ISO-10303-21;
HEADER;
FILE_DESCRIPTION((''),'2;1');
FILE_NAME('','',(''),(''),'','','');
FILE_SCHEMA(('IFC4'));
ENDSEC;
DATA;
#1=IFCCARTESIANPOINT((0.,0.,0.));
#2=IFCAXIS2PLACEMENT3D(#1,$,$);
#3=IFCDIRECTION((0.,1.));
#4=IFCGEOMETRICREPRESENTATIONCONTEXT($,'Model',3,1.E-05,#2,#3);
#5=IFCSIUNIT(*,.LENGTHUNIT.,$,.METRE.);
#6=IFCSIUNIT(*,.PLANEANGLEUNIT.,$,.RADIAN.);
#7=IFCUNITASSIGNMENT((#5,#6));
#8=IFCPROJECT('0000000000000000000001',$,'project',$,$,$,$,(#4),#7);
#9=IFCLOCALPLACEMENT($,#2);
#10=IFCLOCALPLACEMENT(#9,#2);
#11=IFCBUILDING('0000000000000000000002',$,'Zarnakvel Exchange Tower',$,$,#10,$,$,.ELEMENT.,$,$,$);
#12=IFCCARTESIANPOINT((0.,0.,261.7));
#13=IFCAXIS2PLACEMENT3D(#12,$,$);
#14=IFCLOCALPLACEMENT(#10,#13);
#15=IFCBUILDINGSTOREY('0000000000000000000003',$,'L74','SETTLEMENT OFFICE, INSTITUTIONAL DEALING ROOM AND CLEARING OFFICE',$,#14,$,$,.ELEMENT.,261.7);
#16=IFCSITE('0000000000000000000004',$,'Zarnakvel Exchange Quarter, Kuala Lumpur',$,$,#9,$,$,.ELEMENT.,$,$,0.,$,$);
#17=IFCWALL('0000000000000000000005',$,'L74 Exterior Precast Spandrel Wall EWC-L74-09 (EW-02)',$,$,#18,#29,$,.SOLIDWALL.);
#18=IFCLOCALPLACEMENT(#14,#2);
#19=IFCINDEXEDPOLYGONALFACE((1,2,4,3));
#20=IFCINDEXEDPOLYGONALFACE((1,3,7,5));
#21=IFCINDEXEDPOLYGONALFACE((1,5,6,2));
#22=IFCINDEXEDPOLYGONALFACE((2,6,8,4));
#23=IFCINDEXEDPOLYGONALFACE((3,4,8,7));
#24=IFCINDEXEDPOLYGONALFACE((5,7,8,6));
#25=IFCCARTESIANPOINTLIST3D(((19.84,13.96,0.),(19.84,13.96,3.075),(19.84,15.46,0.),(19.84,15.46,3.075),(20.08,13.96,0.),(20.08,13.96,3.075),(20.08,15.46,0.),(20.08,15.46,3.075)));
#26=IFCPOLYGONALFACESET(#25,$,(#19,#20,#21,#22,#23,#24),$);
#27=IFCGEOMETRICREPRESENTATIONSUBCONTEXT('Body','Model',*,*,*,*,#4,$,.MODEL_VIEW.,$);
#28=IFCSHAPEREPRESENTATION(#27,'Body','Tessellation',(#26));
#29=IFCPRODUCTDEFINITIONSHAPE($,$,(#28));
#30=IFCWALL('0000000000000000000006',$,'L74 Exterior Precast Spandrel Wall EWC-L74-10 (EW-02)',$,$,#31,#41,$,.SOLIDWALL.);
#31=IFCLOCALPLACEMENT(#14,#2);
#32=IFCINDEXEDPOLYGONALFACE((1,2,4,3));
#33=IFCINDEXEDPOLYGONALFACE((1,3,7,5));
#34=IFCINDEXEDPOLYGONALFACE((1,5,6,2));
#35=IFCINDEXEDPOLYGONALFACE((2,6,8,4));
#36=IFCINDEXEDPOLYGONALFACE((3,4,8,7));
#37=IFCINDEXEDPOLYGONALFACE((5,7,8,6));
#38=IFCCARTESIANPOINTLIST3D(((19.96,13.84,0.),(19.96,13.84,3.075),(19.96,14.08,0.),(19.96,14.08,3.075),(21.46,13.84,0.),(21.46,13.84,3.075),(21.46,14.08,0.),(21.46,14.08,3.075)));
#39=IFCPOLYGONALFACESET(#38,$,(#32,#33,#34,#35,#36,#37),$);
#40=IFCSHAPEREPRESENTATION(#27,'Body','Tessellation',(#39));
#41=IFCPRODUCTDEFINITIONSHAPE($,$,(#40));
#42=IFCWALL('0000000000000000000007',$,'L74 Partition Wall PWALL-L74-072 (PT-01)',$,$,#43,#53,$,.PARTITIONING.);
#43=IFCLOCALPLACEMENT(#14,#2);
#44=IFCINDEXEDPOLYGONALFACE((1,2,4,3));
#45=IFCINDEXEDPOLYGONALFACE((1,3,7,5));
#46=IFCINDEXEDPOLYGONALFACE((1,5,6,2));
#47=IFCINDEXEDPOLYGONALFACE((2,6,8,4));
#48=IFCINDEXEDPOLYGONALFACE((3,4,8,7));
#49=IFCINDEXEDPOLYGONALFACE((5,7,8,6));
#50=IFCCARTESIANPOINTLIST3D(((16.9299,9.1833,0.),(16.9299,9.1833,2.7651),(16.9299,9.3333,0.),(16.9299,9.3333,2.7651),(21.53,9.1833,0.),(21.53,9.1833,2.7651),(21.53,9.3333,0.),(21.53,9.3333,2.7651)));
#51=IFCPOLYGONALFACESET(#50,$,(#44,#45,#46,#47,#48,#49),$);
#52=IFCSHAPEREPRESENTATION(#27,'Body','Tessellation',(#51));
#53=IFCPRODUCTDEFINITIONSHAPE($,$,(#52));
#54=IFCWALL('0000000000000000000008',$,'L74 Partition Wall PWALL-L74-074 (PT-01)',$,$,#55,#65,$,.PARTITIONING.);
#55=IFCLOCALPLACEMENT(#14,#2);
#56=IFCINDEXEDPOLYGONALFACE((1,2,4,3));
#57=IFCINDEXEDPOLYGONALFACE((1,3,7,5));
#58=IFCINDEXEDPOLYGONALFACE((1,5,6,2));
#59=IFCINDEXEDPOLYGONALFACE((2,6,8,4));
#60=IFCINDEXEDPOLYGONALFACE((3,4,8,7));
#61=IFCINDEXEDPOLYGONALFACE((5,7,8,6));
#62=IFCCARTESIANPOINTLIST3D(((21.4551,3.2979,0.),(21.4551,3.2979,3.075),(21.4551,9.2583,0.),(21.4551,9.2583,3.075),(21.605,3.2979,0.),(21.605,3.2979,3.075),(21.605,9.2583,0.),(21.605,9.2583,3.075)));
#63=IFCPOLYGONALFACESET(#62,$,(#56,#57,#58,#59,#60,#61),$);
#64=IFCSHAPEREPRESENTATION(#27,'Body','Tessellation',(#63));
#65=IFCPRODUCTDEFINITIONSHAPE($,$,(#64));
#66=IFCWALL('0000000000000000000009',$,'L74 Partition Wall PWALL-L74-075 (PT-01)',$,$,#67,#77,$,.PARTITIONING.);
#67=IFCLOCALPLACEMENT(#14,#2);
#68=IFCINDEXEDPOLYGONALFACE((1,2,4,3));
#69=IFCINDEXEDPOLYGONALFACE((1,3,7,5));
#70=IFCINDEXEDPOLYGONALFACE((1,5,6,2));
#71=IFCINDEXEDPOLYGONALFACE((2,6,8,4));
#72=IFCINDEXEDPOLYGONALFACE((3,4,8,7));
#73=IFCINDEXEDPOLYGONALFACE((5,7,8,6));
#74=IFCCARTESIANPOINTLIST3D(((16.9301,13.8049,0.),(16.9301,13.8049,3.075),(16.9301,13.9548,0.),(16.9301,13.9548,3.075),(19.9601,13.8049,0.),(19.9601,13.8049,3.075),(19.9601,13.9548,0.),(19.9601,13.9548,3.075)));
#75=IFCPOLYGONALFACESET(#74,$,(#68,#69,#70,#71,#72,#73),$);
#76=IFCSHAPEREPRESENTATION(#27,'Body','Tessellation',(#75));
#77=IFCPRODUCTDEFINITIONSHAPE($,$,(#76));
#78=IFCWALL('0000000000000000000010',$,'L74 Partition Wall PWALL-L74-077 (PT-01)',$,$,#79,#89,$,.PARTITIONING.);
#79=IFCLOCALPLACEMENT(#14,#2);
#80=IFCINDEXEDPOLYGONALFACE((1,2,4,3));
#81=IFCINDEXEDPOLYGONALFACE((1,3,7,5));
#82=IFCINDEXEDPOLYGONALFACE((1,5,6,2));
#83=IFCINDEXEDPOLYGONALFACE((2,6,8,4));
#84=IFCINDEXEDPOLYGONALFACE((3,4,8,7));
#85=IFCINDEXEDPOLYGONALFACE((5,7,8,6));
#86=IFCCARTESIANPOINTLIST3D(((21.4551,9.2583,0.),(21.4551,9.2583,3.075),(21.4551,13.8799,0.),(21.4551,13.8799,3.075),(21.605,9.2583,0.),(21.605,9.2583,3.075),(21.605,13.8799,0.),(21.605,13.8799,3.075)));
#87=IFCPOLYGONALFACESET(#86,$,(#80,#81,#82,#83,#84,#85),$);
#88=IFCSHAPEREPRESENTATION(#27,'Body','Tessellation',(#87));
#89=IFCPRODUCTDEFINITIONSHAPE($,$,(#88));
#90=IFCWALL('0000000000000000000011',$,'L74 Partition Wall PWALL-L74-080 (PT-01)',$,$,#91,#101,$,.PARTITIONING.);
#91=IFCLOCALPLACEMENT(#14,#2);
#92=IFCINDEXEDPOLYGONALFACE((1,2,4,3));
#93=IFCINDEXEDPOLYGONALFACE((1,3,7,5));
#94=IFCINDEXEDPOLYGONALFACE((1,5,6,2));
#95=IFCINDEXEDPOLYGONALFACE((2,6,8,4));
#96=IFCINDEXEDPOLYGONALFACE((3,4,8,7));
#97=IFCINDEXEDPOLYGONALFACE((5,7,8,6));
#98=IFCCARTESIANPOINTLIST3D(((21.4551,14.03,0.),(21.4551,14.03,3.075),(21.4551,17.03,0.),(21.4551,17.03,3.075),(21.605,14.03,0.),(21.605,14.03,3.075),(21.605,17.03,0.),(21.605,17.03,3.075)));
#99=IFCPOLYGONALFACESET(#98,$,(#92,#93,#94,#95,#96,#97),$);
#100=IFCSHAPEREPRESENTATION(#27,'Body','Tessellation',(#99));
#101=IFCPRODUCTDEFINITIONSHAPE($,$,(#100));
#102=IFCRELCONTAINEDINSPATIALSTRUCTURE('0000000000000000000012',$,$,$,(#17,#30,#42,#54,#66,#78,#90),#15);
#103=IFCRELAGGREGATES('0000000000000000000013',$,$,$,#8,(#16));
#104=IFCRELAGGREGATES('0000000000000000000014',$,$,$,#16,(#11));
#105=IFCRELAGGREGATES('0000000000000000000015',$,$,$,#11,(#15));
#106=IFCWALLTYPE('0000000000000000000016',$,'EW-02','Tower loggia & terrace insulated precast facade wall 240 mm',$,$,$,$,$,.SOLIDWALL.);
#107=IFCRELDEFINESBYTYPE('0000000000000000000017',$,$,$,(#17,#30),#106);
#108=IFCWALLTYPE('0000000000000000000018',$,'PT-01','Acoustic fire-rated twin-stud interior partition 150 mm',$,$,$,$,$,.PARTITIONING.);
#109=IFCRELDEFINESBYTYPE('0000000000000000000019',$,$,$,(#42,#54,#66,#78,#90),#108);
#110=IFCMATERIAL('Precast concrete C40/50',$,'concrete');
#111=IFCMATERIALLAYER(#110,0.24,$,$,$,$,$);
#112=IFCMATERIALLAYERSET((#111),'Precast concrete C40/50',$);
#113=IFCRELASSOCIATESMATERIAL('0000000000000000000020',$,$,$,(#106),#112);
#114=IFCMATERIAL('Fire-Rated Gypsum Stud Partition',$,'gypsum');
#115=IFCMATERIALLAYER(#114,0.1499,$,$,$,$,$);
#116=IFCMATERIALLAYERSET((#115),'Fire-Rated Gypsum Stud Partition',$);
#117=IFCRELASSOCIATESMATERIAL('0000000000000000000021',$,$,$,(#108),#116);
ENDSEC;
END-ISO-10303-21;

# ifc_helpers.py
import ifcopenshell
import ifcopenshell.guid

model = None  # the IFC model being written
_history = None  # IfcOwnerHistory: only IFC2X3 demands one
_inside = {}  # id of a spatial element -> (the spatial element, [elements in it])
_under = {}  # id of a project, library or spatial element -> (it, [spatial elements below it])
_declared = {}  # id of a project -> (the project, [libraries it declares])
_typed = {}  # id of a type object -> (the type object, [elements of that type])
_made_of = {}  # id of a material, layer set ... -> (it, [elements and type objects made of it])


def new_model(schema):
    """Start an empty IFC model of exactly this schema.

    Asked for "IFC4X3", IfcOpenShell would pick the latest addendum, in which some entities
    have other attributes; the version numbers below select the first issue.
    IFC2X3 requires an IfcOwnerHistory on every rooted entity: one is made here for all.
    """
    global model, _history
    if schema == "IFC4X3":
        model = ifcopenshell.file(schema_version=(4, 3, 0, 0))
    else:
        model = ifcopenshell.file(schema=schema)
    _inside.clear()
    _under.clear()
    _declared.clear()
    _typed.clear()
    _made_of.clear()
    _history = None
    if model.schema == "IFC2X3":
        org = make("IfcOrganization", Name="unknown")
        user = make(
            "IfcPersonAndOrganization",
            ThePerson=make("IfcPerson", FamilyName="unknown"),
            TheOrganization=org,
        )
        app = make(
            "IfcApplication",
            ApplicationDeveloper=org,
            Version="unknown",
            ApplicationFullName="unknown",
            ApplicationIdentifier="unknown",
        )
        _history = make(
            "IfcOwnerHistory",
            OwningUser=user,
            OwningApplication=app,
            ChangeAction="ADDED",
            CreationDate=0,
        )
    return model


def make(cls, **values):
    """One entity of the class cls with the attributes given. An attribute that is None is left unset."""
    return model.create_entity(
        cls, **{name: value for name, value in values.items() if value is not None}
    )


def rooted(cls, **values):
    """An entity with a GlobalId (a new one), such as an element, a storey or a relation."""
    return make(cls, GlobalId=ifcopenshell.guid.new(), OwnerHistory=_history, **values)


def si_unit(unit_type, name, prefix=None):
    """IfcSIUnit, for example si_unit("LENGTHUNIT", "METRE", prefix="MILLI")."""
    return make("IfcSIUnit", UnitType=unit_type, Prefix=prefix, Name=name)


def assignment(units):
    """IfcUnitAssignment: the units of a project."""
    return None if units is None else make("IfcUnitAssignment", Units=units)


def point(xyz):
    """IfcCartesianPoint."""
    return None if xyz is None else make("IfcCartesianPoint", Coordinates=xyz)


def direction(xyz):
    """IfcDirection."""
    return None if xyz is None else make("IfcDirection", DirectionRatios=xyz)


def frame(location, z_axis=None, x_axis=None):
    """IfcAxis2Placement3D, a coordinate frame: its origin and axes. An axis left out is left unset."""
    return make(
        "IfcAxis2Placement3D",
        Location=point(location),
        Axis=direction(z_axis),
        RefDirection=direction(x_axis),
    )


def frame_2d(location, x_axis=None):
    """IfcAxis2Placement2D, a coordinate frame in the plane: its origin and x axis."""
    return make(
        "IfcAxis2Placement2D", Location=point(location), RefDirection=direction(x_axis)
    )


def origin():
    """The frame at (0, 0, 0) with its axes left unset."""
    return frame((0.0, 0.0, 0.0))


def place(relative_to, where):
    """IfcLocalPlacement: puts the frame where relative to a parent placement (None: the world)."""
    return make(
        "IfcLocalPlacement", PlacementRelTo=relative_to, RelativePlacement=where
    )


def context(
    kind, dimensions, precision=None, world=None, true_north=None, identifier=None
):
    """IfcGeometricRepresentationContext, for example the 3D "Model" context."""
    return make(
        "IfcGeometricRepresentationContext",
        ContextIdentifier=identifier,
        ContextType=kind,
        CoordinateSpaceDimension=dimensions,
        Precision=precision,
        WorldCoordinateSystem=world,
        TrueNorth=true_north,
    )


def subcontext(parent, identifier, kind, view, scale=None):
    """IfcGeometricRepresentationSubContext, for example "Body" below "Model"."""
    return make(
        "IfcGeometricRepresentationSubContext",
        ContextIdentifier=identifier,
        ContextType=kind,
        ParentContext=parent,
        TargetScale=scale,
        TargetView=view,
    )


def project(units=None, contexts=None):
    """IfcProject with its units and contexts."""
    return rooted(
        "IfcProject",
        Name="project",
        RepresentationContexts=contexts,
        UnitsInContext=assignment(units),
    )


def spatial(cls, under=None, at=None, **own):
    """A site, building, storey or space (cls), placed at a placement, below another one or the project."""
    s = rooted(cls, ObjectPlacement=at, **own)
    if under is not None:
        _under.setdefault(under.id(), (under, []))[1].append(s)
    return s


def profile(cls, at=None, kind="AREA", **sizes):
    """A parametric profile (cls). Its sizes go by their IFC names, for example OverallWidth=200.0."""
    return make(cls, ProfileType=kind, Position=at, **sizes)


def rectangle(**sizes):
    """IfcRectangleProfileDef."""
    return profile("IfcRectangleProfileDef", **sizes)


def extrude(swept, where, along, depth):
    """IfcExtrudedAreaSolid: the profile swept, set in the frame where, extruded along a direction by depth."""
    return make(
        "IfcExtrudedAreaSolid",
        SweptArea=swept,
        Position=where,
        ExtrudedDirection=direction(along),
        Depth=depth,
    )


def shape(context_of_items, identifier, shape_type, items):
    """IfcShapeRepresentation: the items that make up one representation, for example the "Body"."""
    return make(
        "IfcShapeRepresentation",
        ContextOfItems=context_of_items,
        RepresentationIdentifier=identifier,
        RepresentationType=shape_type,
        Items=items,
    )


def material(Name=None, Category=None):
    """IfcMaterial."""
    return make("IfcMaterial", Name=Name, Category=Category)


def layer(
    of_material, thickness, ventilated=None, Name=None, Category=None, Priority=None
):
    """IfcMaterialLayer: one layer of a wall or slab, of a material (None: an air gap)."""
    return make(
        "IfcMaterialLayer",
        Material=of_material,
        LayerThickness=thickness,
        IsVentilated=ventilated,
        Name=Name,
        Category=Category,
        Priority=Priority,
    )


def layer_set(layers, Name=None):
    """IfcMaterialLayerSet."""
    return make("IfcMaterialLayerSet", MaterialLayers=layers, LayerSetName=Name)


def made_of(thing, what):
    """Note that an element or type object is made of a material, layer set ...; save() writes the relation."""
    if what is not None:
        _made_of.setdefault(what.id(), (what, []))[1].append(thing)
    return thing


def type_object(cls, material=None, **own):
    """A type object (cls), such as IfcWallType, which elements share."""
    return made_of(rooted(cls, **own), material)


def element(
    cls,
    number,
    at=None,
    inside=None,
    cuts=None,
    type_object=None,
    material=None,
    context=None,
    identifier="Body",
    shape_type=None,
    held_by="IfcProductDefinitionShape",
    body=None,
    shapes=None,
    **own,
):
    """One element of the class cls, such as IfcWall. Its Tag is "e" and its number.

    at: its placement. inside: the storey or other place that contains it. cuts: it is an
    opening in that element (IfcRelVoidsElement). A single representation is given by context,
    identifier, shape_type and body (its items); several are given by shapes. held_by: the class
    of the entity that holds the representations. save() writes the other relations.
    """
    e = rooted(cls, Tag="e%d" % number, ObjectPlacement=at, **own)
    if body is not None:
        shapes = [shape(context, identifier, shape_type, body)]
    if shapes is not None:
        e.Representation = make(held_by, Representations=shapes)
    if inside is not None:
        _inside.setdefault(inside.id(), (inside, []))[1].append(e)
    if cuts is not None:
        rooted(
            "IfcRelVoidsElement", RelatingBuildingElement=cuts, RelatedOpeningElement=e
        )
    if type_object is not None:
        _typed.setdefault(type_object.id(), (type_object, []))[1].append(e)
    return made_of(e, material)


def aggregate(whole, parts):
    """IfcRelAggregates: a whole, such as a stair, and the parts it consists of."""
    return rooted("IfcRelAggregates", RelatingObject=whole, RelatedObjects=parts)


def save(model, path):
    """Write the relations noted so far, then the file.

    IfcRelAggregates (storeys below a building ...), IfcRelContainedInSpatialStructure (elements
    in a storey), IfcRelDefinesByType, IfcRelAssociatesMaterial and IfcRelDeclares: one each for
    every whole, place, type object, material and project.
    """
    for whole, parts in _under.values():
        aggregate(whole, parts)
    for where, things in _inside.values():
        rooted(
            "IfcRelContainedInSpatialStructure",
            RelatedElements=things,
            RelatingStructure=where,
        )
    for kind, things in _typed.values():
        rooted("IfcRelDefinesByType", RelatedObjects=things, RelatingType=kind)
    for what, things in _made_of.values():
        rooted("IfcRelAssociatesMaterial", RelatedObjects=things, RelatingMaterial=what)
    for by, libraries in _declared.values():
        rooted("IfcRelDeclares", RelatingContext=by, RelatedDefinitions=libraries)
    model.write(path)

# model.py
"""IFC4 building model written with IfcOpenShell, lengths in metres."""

from ifc_helpers import new_model, si_unit, direction, frame, frame_2d, origin, place, context, subcontext, project, spatial, rectangle, extrude, material, layer, layer_set, type_object, element, save


model = new_model("IFC4")

# Units and contexts
model_context = context("Model", 3, precision=1e-05, world=origin(), true_north=direction((0.0, 1.0)))
body_context = subcontext(model_context, "Body", "Model", "MODEL_VIEW")
ifc_project = project(units=[si_unit("LENGTHUNIT", "METRE"), si_unit("PLANEANGLEUNIT", "RADIAN")], contexts=[model_context])

# Site, building, storey
site_placement = place(None, origin())
site = spatial("IfcSite", under=ifc_project, at=site_placement, Name="Zarnakvel Exchange Quarter, Kuala Lumpur", CompositionType="ELEMENT", RefElevation=0.0)
building_placement = place(site_placement, origin())
building = spatial("IfcBuilding", under=site, at=building_placement, Name="Zarnakvel Exchange Tower", CompositionType="ELEMENT")
storey_placement = place(building_placement, frame((0.0, 0.0, 261.7)))
storey = spatial("IfcBuildingStorey", under=building, at=storey_placement, Name="L74", Description="SETTLEMENT OFFICE, INSTITUTIONAL DEALING ROOM AND CLEARING OFFICE", CompositionType="ELEMENT", Elevation=261.7)

# Walls
ifc_material_1 = material(Name="Precast concrete C40/50", Category="concrete")
ifc_layer_1 = layer(ifc_material_1, 0.24)
ifc_layer_set_1 = layer_set([ifc_layer_1], Name="Precast concrete C40/50")
wall_type_1 = type_object("IfcWallType", Name="EW-02", Description="Tower loggia & terrace insulated precast facade wall 240 mm", PredefinedType="SOLIDWALL", material=ifc_layer_set_1)
for number, where, z_axis, x_axis, name in (
    (1, (19.96, 13.96, 0.0), (0.0, 0.0, 1.0), (0.0, 1.0, 0.0), "L74 Exterior Precast Spandrel Wall EWC-L74-09 (EW-02)"),
    (2, (21.46, 13.96, 0.0), (0.0, 0.0, 1.0), (-1.0, 0.0, 0.0), "L74 Exterior Precast Spandrel Wall EWC-L74-10 (EW-02)"),
):
    element("IfcWall", number, at=place(storey_placement, frame(where, z_axis=z_axis, x_axis=x_axis)), inside=storey, type_object=wall_type_1, Name=name, PredefinedType="SOLIDWALL", context=body_context, shape_type="SweptSolid", body=[
        extrude(rectangle(XDim=1.5, YDim=0.24, at=frame_2d((0.75, 0.0))), origin(), (0.0, 0.0, 1.0), 3.075),
    ])
ifc_material_2 = material(Name="Fire-Rated Gypsum Stud Partition", Category="gypsum")
ifc_layer_2 = layer(ifc_material_2, 0.1499)
ifc_layer_set_2 = layer_set([ifc_layer_2], Name="Fire-Rated Gypsum Stud Partition")
wall_type_2 = type_object("IfcWallType", Name="PT-01", Description="Acoustic fire-rated twin-stud interior partition 150 mm", PredefinedType="PARTITIONING", material=ifc_layer_set_2)
wall_1_placement = place(storey_placement, frame((16.9299, 9.2583, 0.0), z_axis=(0.0, 0.0, 1.0), x_axis=(1.0, 0.0, 0.0)))
element("IfcWall", 3, at=wall_1_placement, inside=storey, type_object=wall_type_2, Name="L74 Partition Wall PWALL-L74-072 (PT-01)", PredefinedType="PARTITIONING", context=body_context, shape_type="SweptSolid", body=[
    extrude(rectangle(XDim=4.6001, YDim=0.1499, at=frame_2d((2.3, 0.0))), origin(), (0.0, 0.0, 1.0), 2.7651),
])
wall_2_placement = place(storey_placement, frame((21.53, 9.2583, 0.0), z_axis=(0.0, 0.0, 1.0), x_axis=(0.0, -1.0, 0.0)))
element("IfcWall", 4, at=wall_2_placement, inside=storey, type_object=wall_type_2, Name="L74 Partition Wall PWALL-L74-074 (PT-01)", PredefinedType="PARTITIONING", context=body_context, shape_type="SweptSolid", body=[
    extrude(rectangle(XDim=5.9604, YDim=0.1499, at=frame_2d((2.9802, 0.0))), origin(), (0.0, 0.0, 1.0), 3.075),
])
wall_3_placement = place(storey_placement, frame((16.9299, 13.8799, 0.0), z_axis=(0.0, 0.0, 1.0), x_axis=(1.0, 0.0, 0.0)))
element("IfcWall", 5, at=wall_3_placement, inside=storey, type_object=wall_type_2, Name="L74 Partition Wall PWALL-L74-075 (PT-01)", PredefinedType="PARTITIONING", context=body_context, shape_type="SweptSolid", body=[
    extrude(rectangle(XDim=3.03, YDim=0.1499, at=frame_2d((1.5151, 0.0))), origin(), (0.0, 0.0, 1.0), 3.075),
])

# Walls
wall_4_placement = place(storey_placement, frame((21.53, 13.8799, 0.0), z_axis=(0.0, 0.0, 1.0), x_axis=(0.0, -1.0, 0.0)))
element("IfcWall", 6, at=wall_4_placement, inside=storey, type_object=wall_type_2, Name="L74 Partition Wall PWALL-L74-077 (PT-01)", PredefinedType="PARTITIONING", context=body_context, shape_type="SweptSolid", body=[
    extrude(rectangle(XDim=4.6216, YDim=0.1499, at=frame_2d((2.3108, 0.0))), origin(), (0.0, 0.0, 1.0), 3.075),
])
wall_5_placement = place(storey_placement, frame((21.53, 17.03, 0.0), z_axis=(0.0, 0.0, 1.0), x_axis=(0.0, -1.0, 0.0)))
element("IfcWall", 7, at=wall_5_placement, inside=storey, type_object=wall_type_2, Name="L74 Partition Wall PWALL-L74-080 (PT-01)", PredefinedType="PARTITIONING", context=body_context, shape_type="SweptSolid", body=[
    extrude(rectangle(XDim=3.0, YDim=0.1499, at=frame_2d((1.5, 0.0))), origin(), (0.0, 0.0, 1.0), 3.075),
])

save(model, "model.ifc")
